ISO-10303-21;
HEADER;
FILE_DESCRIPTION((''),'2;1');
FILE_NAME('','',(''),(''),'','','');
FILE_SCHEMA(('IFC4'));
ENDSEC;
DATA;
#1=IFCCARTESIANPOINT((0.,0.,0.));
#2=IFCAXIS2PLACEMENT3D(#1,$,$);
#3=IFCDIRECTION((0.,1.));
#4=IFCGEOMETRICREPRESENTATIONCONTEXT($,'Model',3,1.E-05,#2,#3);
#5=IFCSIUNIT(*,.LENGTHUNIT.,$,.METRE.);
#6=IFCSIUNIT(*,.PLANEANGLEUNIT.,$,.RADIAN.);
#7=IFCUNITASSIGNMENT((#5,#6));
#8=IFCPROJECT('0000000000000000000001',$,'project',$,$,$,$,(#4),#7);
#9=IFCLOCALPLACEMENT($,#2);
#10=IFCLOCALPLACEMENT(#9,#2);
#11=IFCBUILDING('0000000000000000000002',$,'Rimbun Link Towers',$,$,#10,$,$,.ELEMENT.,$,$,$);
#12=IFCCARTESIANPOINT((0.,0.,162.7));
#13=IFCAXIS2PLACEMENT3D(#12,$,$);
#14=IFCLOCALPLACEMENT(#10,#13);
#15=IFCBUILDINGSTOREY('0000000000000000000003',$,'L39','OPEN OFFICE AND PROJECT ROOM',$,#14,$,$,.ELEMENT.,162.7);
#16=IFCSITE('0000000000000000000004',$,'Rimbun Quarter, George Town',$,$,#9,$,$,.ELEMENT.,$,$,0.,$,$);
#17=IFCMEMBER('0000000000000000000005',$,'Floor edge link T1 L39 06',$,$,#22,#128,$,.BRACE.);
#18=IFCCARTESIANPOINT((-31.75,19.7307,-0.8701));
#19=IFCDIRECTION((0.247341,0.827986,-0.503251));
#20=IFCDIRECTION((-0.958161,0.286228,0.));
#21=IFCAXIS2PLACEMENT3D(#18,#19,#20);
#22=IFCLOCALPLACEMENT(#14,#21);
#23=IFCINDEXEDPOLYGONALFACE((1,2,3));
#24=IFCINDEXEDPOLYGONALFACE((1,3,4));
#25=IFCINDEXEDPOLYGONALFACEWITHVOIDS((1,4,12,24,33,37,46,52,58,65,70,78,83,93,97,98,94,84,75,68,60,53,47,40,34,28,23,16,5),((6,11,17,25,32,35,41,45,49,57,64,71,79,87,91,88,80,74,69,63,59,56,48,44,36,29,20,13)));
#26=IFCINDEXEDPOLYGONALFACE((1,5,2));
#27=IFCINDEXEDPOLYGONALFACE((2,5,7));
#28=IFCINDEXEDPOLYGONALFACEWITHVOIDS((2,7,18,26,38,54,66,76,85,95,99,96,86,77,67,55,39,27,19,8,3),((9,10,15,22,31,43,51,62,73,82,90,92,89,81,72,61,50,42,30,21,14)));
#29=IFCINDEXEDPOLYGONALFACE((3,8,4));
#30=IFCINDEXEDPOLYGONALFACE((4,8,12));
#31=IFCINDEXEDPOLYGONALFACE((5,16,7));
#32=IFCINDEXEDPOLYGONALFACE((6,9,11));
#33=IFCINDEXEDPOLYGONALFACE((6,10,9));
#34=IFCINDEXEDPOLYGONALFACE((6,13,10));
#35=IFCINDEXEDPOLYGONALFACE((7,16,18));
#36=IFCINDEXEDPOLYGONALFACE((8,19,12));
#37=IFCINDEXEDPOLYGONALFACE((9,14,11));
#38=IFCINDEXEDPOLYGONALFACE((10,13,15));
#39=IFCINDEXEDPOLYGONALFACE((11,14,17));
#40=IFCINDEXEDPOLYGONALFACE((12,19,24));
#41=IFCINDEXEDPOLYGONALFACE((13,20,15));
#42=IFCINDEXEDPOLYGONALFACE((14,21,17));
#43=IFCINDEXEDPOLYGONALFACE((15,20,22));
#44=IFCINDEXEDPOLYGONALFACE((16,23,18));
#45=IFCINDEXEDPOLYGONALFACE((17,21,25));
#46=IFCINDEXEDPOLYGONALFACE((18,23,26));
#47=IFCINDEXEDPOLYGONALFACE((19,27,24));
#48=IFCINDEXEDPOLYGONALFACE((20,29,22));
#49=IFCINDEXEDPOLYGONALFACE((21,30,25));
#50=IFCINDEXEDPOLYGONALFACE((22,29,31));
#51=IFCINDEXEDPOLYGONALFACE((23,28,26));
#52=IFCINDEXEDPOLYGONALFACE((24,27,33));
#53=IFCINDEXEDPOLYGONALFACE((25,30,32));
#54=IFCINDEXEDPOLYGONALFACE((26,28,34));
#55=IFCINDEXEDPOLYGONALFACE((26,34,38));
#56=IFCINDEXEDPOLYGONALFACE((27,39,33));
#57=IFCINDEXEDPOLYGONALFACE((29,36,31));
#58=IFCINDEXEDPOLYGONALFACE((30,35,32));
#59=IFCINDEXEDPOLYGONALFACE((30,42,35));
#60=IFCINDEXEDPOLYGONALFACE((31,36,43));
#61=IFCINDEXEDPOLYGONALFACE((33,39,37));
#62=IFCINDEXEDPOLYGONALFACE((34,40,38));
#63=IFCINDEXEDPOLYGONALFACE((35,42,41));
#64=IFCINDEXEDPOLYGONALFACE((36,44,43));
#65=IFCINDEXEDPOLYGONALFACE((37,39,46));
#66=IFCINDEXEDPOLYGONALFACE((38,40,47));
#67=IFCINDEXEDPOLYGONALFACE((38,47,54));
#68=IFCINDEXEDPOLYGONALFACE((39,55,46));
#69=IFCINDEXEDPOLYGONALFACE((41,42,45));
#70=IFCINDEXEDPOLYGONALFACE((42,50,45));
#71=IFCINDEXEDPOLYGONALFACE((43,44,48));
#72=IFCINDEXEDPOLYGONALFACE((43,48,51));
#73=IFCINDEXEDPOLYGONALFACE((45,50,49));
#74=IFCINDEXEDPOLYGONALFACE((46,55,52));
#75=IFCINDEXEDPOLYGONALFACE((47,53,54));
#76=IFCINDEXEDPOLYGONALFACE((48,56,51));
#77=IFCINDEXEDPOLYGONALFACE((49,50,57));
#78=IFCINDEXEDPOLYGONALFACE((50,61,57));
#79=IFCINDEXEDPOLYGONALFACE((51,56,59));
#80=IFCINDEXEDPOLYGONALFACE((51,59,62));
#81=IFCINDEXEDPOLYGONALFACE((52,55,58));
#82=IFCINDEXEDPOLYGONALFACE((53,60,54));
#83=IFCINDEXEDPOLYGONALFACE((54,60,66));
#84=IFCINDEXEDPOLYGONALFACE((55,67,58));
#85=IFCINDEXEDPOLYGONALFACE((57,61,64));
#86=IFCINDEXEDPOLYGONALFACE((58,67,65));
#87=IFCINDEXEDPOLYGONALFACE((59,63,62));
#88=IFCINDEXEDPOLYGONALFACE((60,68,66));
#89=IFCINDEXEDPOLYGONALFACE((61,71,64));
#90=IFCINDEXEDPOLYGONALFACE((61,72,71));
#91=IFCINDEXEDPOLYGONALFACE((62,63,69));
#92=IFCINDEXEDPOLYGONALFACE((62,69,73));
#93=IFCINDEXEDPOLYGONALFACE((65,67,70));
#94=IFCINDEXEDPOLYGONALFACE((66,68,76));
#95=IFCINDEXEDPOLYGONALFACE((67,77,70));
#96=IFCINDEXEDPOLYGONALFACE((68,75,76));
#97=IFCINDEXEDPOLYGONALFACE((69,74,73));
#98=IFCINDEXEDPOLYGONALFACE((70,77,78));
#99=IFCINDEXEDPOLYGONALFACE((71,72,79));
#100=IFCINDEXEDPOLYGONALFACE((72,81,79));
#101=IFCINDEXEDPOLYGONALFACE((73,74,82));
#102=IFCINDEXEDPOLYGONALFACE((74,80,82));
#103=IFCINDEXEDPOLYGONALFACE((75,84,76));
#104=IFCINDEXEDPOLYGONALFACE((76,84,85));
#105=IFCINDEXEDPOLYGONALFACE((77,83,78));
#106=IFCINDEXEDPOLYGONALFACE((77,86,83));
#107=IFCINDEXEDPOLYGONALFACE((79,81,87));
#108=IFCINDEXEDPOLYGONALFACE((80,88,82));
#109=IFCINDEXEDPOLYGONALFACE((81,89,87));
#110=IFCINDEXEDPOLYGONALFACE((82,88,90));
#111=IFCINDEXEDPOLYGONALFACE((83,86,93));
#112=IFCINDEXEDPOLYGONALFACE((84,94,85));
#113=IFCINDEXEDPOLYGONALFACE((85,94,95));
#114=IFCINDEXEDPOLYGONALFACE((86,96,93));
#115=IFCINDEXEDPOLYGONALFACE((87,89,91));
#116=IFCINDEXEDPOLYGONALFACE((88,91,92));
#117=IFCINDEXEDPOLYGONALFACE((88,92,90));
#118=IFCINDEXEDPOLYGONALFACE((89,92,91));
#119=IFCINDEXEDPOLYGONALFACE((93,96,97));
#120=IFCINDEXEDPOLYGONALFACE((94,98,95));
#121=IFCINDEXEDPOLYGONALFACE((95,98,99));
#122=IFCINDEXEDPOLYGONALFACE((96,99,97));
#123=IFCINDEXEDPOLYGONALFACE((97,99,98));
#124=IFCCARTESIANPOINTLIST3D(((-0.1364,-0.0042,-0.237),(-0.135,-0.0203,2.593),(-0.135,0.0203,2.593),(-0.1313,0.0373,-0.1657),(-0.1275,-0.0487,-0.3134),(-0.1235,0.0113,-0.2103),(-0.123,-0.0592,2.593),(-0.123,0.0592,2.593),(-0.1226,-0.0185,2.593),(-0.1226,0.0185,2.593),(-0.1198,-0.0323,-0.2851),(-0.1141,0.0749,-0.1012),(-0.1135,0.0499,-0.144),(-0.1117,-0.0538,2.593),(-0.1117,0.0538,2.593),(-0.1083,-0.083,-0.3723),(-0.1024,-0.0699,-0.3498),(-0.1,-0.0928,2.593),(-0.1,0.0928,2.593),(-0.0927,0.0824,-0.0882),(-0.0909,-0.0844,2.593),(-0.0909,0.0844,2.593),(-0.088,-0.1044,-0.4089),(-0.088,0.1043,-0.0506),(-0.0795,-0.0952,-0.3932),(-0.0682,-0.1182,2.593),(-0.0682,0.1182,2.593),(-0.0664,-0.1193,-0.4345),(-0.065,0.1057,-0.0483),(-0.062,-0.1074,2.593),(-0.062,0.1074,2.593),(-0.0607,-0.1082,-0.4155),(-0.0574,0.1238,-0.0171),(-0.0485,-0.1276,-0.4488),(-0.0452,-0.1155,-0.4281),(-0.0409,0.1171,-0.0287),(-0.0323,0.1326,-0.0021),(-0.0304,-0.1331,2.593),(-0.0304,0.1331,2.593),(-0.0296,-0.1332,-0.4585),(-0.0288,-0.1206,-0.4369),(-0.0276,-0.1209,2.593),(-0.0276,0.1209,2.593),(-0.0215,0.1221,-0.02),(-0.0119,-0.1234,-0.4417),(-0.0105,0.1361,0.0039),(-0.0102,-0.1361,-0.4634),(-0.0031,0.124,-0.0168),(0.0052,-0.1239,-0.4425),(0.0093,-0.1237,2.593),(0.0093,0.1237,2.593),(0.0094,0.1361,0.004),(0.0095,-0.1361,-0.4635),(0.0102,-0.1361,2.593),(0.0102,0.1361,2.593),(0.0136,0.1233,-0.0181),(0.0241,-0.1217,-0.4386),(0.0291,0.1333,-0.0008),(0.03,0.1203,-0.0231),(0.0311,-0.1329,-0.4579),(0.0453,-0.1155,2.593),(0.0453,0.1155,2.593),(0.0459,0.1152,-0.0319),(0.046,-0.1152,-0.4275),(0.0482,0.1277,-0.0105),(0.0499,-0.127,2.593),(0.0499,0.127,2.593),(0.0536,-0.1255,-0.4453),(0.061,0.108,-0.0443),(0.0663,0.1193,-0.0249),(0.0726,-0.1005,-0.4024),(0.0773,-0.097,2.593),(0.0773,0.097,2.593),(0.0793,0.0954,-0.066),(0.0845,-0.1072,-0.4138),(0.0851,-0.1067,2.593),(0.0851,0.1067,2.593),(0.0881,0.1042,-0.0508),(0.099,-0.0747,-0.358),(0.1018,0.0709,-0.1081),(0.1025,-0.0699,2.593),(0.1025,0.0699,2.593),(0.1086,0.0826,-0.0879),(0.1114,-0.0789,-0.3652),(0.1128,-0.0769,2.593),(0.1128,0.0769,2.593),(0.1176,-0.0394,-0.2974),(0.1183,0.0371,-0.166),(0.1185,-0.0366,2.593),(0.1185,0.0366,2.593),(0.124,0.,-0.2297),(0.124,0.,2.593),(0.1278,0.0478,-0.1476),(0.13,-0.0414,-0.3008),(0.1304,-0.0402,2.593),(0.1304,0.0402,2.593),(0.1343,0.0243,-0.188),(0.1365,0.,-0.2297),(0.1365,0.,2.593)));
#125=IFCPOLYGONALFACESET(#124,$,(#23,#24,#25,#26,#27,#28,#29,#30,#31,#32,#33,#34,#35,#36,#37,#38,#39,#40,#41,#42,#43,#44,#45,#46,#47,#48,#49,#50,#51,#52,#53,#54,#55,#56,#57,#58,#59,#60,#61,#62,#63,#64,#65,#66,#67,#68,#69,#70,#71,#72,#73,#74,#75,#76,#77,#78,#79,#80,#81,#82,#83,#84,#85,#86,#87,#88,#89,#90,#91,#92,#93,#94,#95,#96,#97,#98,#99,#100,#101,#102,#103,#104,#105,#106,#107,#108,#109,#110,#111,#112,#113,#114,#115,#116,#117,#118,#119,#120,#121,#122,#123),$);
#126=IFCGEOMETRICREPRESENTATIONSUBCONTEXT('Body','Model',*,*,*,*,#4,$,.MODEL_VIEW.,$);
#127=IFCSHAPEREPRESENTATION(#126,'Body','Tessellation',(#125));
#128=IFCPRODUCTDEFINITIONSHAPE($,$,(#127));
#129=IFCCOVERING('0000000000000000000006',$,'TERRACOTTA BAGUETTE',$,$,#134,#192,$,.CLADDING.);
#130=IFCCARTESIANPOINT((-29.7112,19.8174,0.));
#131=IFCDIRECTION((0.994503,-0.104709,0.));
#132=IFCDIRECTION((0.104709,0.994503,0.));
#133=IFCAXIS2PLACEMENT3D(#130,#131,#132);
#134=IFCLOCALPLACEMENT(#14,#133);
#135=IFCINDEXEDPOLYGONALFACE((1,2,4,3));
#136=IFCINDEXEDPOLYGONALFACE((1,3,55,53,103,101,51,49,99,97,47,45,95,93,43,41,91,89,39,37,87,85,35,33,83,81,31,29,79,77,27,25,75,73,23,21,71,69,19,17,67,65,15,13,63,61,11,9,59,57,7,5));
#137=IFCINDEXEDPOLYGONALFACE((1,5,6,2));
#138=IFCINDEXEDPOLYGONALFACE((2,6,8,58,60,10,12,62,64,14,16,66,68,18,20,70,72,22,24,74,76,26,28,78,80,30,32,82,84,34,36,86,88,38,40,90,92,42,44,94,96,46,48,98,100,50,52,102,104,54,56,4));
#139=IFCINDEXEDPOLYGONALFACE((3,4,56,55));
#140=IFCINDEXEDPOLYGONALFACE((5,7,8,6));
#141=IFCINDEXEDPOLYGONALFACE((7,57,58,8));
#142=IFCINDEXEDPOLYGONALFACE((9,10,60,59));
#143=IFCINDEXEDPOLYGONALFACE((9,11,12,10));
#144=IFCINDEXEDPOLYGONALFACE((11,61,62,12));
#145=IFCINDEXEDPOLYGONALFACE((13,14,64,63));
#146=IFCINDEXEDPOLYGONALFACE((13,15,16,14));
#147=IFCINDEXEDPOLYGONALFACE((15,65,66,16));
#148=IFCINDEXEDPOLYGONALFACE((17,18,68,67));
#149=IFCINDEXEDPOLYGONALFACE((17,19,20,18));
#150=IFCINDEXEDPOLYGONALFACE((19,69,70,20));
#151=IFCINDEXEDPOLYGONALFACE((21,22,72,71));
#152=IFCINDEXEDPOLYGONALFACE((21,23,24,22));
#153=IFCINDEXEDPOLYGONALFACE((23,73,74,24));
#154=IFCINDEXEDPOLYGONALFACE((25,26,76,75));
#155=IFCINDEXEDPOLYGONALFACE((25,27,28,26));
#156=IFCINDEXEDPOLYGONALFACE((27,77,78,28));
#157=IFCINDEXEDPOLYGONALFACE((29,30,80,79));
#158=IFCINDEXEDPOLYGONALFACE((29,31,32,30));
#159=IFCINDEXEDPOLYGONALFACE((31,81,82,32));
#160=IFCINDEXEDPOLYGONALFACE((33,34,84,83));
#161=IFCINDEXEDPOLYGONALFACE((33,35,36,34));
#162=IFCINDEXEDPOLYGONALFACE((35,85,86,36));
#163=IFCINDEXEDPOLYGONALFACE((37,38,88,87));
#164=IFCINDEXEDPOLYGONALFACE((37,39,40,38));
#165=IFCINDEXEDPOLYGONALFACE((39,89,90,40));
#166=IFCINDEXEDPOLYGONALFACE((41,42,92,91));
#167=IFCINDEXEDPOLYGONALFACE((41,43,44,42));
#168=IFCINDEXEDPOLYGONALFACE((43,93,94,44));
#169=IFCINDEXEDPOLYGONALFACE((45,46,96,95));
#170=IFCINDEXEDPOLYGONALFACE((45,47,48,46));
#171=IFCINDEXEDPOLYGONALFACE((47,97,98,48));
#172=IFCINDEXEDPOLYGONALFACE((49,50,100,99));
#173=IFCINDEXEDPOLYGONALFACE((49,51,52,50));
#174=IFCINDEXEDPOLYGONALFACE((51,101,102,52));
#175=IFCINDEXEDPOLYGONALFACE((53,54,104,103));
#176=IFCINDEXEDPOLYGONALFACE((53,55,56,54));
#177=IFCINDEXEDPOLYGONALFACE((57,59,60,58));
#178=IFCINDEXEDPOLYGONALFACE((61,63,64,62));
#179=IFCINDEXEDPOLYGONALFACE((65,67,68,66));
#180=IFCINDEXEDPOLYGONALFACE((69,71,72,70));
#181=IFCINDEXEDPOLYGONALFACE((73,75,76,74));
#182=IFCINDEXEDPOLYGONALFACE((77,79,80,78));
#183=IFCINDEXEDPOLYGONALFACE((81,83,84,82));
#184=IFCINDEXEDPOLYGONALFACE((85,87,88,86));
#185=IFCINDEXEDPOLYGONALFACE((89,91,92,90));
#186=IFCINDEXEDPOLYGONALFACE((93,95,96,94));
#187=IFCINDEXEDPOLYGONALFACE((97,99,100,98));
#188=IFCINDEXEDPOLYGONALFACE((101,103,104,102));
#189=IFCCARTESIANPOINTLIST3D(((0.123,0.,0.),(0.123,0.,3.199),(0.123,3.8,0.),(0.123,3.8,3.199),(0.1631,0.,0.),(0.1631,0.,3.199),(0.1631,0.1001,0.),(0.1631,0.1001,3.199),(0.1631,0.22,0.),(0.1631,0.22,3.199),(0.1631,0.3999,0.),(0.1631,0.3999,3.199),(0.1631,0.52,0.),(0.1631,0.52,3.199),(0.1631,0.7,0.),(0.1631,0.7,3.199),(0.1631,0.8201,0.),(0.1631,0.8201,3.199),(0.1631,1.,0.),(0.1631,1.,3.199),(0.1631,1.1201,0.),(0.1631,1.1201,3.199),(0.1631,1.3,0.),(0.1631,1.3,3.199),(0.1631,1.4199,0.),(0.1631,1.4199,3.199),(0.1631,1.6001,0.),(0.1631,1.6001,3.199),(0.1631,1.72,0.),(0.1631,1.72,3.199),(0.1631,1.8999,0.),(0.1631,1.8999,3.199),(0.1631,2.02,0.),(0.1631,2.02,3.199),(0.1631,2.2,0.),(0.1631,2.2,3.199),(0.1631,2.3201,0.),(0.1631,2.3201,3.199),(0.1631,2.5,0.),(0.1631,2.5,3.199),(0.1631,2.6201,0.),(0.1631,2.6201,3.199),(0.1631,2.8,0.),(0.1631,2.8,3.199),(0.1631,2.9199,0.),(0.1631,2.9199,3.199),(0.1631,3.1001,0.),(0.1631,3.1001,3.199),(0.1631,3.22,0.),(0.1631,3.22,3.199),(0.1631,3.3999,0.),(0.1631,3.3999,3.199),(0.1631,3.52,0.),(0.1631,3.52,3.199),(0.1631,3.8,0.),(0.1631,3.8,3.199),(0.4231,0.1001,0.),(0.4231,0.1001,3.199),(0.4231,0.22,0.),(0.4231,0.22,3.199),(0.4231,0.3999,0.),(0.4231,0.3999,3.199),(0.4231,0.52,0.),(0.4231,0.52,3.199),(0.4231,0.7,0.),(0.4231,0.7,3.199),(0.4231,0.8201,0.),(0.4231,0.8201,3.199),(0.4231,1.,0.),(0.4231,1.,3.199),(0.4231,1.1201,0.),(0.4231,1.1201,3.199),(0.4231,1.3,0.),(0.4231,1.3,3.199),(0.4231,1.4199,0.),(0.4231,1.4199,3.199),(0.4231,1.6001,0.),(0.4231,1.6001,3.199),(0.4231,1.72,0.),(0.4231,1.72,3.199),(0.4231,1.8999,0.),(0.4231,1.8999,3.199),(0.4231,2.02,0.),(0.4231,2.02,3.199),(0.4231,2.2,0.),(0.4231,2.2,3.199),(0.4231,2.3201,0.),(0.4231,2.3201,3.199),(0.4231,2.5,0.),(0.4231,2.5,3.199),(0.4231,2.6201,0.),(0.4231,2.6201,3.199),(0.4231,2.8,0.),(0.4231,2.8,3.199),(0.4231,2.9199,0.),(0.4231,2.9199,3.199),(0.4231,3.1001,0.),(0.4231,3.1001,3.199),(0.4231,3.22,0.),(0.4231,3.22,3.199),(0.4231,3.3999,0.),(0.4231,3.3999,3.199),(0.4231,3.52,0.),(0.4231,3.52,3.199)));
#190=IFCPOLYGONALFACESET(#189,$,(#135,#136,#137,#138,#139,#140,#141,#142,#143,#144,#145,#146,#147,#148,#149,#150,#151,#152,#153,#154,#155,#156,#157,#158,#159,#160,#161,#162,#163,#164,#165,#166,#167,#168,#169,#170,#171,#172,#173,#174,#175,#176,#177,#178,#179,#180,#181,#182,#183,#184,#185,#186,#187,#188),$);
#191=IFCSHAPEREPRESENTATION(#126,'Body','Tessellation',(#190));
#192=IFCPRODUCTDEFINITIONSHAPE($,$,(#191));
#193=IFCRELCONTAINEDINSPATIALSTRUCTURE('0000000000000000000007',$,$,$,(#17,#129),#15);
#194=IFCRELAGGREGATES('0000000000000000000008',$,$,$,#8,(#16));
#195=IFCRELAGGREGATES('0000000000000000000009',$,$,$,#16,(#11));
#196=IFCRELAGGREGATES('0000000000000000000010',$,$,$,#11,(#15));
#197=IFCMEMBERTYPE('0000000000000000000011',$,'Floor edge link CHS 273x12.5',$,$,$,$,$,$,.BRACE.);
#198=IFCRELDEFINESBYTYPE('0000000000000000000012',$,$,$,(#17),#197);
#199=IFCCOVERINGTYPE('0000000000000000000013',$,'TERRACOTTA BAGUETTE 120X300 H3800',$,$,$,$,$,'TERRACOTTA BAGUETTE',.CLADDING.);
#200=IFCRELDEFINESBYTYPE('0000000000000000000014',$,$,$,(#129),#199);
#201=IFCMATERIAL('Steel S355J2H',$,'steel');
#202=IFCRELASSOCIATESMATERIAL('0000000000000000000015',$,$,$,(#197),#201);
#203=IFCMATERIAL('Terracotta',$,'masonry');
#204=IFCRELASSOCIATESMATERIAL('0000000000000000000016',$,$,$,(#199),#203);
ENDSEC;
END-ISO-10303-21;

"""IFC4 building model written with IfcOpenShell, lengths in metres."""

from ifc_helpers import new_model, si_unit, direction, frame, origin, origin_2d, place, context, subcontext, project, spatial, polyline, hollow_circle, outline, extrude, clip, halfspace, material, material_profile, profile_set, type_object, element, save


model = new_model("IFC4")

# Units and contexts
model_context = context("Model", 3, precision=1e-05, world=origin(), true_north=direction((0.0, 1.0)))
body_context = subcontext(model_context, "Body", "Model", "MODEL_VIEW")
ifc_project = project(units=[si_unit("LENGTHUNIT", "METRE"), si_unit("PLANEANGLEUNIT", "RADIAN")], contexts=[model_context])

# Site, building, storey
site_placement = place(None, origin())
site = spatial("IfcSite", under=ifc_project, at=site_placement, Name="Rimbun Quarter, George Town", CompositionType="ELEMENT", RefElevation=0.0)
building_placement = place(site_placement, origin())
building = spatial("IfcBuilding", under=site, at=building_placement, Name="Rimbun Link Towers", CompositionType="ELEMENT")
storey_placement = place(building_placement, frame((0.0, 0.0, 162.7)))
storey = spatial("IfcBuildingStorey", under=building, at=storey_placement, Name="L39", Description="OPEN OFFICE AND PROJECT ROOM", CompositionType="ELEMENT", Elevation=162.7)

# Member
ifc_material_1 = material(Name="Steel S355J2H", Category="steel")
ifc_material_profile_1 = material_profile(ifc_material_1, hollow_circle(Radius=0.1365, WallThickness=0.0125, at=origin_2d()), Name="CHS 273x12.5")
ifc_profile_set_1 = profile_set([ifc_material_profile_1], Name="Steel S355J2H")
member_type_1 = type_object("IfcMemberType", Name="Floor edge link CHS 273x12.5", PredefinedType="BRACE", material=ifc_profile_set_1)
member_1_placement = place(storey_placement, frame((-31.75, 19.7307, -0.8701), z_axis=(0.247341, 0.827986, -0.503251), x_axis=(-0.958161, 0.286228, 0.0)))
element("IfcMember", 1, at=member_1_placement, inside=storey, type_object=member_type_1, Name="Floor edge link T1 L39 06", PredefinedType="BRACE", context=body_context, shape_type="Clipping", body=[
    clip(extrude(hollow_circle(Radius=0.1365, WallThickness=0.0125, at=origin_2d()), frame((0.0, 0.0, -0.4885)), (0.0, 0.0, 1.0), 3.0815), halfspace(frame((0.0, 0.0, -0.2297), z_axis=(0.0, 0.864141, -0.503251)), False)),
])

# Covering
ifc_material_2 = material(Name="Terracotta", Category="masonry")
ifc_material_profile_2 = material_profile(ifc_material_2, outline(polyline([(0.123, 0.0), (0.1631, 0.0), (0.1631, 0.1001), (0.4231, 0.1001), (0.4231, 0.22), (0.1631, 0.22), (0.1631, 0.3999), (0.4231, 0.3999), (0.4231, 0.52), (0.1631, 0.52), (0.1631, 0.7), (0.4231, 0.7), (0.4231, 0.8201), (0.1631, 0.8201), (0.1631, 1.0), (0.4231, 1.0), (0.4231, 1.1201), (0.1631, 1.1201), (0.1631, 1.3), (0.4231, 1.3), (0.4231, 1.4199), (0.1631, 1.4199), (0.1631, 1.6001), (0.4231, 1.6001), (0.4231, 1.72), (0.1631, 1.72), (0.1631, 1.8999), (0.4231, 1.8999), (0.4231, 2.02), (0.1631, 2.02), (0.1631, 2.2), (0.4231, 2.2), (0.4231, 2.3201), (0.1631, 2.3201), (0.1631, 2.5), (0.4231, 2.5), (0.4231, 2.6201), (0.1631, 2.6201), (0.1631, 2.8), (0.4231, 2.8), (0.4231, 2.9199), (0.1631, 2.9199), (0.1631, 3.1001), (0.4231, 3.1001), (0.4231, 3.22), (0.1631, 3.22), (0.1631, 3.3999), (0.4231, 3.3999), (0.4231, 3.52), (0.1631, 3.52), (0.1631, 3.8), (0.123, 3.8), (0.123, 0.0)])), Name="BAGUETTE 120X300")
ifc_profile_set_2 = profile_set([ifc_material_profile_2], Name="Terracotta")
covering_type = type_object("IfcCoveringType", Name="TERRACOTTA BAGUETTE 120X300 H3800", ElementType="TERRACOTTA BAGUETTE", PredefinedType="CLADDING", material=ifc_profile_set_2)
covering_1_placement = place(storey_placement, frame((-29.7112, 19.8174, 0.0), z_axis=(0.994503, -0.104709, 0.0), x_axis=(0.104709, 0.994503, 0.0)))
element("IfcCovering", 2, at=covering_1_placement, inside=storey, type_object=covering_type, Name="TERRACOTTA BAGUETTE", PredefinedType="CLADDING", context=body_context, shape_type="SweptSolid", body=[
    extrude(outline(polyline([(0.123, 0.0), (0.1631, 0.0), (0.1631, 0.1001), (0.4231, 0.1001), (0.4231, 0.22), (0.1631, 0.22), (0.1631, 0.3999), (0.4231, 0.3999), (0.4231, 0.52), (0.1631, 0.52), (0.1631, 0.7), (0.4231, 0.7), (0.4231, 0.8201), (0.1631, 0.8201), (0.1631, 1.0), (0.4231, 1.0), (0.4231, 1.1201), (0.1631, 1.1201), (0.1631, 1.3), (0.4231, 1.3), (0.4231, 1.4199), (0.1631, 1.4199), (0.1631, 1.6001), (0.4231, 1.6001), (0.4231, 1.72), (0.1631, 1.72), (0.1631, 1.8999), (0.4231, 1.8999), (0.4231, 2.02), (0.1631, 2.02), (0.1631, 2.2), (0.4231, 2.2), (0.4231, 2.3201), (0.1631, 2.3201), (0.1631, 2.5), (0.4231, 2.5), (0.4231, 2.6201), (0.1631, 2.6201), (0.1631, 2.8), (0.4231, 2.8), (0.4231, 2.9199), (0.1631, 2.9199), (0.1631, 3.1001), (0.4231, 3.1001), (0.4231, 3.22), (0.1631, 3.22), (0.1631, 3.3999), (0.4231, 3.3999), (0.4231, 3.52), (0.1631, 3.52), (0.1631, 3.8), (0.123, 3.8), (0.123, 0.0)])), origin(), (0.0, 0.0, 1.0), 3.199),
])

save(model, "model.ifc")
